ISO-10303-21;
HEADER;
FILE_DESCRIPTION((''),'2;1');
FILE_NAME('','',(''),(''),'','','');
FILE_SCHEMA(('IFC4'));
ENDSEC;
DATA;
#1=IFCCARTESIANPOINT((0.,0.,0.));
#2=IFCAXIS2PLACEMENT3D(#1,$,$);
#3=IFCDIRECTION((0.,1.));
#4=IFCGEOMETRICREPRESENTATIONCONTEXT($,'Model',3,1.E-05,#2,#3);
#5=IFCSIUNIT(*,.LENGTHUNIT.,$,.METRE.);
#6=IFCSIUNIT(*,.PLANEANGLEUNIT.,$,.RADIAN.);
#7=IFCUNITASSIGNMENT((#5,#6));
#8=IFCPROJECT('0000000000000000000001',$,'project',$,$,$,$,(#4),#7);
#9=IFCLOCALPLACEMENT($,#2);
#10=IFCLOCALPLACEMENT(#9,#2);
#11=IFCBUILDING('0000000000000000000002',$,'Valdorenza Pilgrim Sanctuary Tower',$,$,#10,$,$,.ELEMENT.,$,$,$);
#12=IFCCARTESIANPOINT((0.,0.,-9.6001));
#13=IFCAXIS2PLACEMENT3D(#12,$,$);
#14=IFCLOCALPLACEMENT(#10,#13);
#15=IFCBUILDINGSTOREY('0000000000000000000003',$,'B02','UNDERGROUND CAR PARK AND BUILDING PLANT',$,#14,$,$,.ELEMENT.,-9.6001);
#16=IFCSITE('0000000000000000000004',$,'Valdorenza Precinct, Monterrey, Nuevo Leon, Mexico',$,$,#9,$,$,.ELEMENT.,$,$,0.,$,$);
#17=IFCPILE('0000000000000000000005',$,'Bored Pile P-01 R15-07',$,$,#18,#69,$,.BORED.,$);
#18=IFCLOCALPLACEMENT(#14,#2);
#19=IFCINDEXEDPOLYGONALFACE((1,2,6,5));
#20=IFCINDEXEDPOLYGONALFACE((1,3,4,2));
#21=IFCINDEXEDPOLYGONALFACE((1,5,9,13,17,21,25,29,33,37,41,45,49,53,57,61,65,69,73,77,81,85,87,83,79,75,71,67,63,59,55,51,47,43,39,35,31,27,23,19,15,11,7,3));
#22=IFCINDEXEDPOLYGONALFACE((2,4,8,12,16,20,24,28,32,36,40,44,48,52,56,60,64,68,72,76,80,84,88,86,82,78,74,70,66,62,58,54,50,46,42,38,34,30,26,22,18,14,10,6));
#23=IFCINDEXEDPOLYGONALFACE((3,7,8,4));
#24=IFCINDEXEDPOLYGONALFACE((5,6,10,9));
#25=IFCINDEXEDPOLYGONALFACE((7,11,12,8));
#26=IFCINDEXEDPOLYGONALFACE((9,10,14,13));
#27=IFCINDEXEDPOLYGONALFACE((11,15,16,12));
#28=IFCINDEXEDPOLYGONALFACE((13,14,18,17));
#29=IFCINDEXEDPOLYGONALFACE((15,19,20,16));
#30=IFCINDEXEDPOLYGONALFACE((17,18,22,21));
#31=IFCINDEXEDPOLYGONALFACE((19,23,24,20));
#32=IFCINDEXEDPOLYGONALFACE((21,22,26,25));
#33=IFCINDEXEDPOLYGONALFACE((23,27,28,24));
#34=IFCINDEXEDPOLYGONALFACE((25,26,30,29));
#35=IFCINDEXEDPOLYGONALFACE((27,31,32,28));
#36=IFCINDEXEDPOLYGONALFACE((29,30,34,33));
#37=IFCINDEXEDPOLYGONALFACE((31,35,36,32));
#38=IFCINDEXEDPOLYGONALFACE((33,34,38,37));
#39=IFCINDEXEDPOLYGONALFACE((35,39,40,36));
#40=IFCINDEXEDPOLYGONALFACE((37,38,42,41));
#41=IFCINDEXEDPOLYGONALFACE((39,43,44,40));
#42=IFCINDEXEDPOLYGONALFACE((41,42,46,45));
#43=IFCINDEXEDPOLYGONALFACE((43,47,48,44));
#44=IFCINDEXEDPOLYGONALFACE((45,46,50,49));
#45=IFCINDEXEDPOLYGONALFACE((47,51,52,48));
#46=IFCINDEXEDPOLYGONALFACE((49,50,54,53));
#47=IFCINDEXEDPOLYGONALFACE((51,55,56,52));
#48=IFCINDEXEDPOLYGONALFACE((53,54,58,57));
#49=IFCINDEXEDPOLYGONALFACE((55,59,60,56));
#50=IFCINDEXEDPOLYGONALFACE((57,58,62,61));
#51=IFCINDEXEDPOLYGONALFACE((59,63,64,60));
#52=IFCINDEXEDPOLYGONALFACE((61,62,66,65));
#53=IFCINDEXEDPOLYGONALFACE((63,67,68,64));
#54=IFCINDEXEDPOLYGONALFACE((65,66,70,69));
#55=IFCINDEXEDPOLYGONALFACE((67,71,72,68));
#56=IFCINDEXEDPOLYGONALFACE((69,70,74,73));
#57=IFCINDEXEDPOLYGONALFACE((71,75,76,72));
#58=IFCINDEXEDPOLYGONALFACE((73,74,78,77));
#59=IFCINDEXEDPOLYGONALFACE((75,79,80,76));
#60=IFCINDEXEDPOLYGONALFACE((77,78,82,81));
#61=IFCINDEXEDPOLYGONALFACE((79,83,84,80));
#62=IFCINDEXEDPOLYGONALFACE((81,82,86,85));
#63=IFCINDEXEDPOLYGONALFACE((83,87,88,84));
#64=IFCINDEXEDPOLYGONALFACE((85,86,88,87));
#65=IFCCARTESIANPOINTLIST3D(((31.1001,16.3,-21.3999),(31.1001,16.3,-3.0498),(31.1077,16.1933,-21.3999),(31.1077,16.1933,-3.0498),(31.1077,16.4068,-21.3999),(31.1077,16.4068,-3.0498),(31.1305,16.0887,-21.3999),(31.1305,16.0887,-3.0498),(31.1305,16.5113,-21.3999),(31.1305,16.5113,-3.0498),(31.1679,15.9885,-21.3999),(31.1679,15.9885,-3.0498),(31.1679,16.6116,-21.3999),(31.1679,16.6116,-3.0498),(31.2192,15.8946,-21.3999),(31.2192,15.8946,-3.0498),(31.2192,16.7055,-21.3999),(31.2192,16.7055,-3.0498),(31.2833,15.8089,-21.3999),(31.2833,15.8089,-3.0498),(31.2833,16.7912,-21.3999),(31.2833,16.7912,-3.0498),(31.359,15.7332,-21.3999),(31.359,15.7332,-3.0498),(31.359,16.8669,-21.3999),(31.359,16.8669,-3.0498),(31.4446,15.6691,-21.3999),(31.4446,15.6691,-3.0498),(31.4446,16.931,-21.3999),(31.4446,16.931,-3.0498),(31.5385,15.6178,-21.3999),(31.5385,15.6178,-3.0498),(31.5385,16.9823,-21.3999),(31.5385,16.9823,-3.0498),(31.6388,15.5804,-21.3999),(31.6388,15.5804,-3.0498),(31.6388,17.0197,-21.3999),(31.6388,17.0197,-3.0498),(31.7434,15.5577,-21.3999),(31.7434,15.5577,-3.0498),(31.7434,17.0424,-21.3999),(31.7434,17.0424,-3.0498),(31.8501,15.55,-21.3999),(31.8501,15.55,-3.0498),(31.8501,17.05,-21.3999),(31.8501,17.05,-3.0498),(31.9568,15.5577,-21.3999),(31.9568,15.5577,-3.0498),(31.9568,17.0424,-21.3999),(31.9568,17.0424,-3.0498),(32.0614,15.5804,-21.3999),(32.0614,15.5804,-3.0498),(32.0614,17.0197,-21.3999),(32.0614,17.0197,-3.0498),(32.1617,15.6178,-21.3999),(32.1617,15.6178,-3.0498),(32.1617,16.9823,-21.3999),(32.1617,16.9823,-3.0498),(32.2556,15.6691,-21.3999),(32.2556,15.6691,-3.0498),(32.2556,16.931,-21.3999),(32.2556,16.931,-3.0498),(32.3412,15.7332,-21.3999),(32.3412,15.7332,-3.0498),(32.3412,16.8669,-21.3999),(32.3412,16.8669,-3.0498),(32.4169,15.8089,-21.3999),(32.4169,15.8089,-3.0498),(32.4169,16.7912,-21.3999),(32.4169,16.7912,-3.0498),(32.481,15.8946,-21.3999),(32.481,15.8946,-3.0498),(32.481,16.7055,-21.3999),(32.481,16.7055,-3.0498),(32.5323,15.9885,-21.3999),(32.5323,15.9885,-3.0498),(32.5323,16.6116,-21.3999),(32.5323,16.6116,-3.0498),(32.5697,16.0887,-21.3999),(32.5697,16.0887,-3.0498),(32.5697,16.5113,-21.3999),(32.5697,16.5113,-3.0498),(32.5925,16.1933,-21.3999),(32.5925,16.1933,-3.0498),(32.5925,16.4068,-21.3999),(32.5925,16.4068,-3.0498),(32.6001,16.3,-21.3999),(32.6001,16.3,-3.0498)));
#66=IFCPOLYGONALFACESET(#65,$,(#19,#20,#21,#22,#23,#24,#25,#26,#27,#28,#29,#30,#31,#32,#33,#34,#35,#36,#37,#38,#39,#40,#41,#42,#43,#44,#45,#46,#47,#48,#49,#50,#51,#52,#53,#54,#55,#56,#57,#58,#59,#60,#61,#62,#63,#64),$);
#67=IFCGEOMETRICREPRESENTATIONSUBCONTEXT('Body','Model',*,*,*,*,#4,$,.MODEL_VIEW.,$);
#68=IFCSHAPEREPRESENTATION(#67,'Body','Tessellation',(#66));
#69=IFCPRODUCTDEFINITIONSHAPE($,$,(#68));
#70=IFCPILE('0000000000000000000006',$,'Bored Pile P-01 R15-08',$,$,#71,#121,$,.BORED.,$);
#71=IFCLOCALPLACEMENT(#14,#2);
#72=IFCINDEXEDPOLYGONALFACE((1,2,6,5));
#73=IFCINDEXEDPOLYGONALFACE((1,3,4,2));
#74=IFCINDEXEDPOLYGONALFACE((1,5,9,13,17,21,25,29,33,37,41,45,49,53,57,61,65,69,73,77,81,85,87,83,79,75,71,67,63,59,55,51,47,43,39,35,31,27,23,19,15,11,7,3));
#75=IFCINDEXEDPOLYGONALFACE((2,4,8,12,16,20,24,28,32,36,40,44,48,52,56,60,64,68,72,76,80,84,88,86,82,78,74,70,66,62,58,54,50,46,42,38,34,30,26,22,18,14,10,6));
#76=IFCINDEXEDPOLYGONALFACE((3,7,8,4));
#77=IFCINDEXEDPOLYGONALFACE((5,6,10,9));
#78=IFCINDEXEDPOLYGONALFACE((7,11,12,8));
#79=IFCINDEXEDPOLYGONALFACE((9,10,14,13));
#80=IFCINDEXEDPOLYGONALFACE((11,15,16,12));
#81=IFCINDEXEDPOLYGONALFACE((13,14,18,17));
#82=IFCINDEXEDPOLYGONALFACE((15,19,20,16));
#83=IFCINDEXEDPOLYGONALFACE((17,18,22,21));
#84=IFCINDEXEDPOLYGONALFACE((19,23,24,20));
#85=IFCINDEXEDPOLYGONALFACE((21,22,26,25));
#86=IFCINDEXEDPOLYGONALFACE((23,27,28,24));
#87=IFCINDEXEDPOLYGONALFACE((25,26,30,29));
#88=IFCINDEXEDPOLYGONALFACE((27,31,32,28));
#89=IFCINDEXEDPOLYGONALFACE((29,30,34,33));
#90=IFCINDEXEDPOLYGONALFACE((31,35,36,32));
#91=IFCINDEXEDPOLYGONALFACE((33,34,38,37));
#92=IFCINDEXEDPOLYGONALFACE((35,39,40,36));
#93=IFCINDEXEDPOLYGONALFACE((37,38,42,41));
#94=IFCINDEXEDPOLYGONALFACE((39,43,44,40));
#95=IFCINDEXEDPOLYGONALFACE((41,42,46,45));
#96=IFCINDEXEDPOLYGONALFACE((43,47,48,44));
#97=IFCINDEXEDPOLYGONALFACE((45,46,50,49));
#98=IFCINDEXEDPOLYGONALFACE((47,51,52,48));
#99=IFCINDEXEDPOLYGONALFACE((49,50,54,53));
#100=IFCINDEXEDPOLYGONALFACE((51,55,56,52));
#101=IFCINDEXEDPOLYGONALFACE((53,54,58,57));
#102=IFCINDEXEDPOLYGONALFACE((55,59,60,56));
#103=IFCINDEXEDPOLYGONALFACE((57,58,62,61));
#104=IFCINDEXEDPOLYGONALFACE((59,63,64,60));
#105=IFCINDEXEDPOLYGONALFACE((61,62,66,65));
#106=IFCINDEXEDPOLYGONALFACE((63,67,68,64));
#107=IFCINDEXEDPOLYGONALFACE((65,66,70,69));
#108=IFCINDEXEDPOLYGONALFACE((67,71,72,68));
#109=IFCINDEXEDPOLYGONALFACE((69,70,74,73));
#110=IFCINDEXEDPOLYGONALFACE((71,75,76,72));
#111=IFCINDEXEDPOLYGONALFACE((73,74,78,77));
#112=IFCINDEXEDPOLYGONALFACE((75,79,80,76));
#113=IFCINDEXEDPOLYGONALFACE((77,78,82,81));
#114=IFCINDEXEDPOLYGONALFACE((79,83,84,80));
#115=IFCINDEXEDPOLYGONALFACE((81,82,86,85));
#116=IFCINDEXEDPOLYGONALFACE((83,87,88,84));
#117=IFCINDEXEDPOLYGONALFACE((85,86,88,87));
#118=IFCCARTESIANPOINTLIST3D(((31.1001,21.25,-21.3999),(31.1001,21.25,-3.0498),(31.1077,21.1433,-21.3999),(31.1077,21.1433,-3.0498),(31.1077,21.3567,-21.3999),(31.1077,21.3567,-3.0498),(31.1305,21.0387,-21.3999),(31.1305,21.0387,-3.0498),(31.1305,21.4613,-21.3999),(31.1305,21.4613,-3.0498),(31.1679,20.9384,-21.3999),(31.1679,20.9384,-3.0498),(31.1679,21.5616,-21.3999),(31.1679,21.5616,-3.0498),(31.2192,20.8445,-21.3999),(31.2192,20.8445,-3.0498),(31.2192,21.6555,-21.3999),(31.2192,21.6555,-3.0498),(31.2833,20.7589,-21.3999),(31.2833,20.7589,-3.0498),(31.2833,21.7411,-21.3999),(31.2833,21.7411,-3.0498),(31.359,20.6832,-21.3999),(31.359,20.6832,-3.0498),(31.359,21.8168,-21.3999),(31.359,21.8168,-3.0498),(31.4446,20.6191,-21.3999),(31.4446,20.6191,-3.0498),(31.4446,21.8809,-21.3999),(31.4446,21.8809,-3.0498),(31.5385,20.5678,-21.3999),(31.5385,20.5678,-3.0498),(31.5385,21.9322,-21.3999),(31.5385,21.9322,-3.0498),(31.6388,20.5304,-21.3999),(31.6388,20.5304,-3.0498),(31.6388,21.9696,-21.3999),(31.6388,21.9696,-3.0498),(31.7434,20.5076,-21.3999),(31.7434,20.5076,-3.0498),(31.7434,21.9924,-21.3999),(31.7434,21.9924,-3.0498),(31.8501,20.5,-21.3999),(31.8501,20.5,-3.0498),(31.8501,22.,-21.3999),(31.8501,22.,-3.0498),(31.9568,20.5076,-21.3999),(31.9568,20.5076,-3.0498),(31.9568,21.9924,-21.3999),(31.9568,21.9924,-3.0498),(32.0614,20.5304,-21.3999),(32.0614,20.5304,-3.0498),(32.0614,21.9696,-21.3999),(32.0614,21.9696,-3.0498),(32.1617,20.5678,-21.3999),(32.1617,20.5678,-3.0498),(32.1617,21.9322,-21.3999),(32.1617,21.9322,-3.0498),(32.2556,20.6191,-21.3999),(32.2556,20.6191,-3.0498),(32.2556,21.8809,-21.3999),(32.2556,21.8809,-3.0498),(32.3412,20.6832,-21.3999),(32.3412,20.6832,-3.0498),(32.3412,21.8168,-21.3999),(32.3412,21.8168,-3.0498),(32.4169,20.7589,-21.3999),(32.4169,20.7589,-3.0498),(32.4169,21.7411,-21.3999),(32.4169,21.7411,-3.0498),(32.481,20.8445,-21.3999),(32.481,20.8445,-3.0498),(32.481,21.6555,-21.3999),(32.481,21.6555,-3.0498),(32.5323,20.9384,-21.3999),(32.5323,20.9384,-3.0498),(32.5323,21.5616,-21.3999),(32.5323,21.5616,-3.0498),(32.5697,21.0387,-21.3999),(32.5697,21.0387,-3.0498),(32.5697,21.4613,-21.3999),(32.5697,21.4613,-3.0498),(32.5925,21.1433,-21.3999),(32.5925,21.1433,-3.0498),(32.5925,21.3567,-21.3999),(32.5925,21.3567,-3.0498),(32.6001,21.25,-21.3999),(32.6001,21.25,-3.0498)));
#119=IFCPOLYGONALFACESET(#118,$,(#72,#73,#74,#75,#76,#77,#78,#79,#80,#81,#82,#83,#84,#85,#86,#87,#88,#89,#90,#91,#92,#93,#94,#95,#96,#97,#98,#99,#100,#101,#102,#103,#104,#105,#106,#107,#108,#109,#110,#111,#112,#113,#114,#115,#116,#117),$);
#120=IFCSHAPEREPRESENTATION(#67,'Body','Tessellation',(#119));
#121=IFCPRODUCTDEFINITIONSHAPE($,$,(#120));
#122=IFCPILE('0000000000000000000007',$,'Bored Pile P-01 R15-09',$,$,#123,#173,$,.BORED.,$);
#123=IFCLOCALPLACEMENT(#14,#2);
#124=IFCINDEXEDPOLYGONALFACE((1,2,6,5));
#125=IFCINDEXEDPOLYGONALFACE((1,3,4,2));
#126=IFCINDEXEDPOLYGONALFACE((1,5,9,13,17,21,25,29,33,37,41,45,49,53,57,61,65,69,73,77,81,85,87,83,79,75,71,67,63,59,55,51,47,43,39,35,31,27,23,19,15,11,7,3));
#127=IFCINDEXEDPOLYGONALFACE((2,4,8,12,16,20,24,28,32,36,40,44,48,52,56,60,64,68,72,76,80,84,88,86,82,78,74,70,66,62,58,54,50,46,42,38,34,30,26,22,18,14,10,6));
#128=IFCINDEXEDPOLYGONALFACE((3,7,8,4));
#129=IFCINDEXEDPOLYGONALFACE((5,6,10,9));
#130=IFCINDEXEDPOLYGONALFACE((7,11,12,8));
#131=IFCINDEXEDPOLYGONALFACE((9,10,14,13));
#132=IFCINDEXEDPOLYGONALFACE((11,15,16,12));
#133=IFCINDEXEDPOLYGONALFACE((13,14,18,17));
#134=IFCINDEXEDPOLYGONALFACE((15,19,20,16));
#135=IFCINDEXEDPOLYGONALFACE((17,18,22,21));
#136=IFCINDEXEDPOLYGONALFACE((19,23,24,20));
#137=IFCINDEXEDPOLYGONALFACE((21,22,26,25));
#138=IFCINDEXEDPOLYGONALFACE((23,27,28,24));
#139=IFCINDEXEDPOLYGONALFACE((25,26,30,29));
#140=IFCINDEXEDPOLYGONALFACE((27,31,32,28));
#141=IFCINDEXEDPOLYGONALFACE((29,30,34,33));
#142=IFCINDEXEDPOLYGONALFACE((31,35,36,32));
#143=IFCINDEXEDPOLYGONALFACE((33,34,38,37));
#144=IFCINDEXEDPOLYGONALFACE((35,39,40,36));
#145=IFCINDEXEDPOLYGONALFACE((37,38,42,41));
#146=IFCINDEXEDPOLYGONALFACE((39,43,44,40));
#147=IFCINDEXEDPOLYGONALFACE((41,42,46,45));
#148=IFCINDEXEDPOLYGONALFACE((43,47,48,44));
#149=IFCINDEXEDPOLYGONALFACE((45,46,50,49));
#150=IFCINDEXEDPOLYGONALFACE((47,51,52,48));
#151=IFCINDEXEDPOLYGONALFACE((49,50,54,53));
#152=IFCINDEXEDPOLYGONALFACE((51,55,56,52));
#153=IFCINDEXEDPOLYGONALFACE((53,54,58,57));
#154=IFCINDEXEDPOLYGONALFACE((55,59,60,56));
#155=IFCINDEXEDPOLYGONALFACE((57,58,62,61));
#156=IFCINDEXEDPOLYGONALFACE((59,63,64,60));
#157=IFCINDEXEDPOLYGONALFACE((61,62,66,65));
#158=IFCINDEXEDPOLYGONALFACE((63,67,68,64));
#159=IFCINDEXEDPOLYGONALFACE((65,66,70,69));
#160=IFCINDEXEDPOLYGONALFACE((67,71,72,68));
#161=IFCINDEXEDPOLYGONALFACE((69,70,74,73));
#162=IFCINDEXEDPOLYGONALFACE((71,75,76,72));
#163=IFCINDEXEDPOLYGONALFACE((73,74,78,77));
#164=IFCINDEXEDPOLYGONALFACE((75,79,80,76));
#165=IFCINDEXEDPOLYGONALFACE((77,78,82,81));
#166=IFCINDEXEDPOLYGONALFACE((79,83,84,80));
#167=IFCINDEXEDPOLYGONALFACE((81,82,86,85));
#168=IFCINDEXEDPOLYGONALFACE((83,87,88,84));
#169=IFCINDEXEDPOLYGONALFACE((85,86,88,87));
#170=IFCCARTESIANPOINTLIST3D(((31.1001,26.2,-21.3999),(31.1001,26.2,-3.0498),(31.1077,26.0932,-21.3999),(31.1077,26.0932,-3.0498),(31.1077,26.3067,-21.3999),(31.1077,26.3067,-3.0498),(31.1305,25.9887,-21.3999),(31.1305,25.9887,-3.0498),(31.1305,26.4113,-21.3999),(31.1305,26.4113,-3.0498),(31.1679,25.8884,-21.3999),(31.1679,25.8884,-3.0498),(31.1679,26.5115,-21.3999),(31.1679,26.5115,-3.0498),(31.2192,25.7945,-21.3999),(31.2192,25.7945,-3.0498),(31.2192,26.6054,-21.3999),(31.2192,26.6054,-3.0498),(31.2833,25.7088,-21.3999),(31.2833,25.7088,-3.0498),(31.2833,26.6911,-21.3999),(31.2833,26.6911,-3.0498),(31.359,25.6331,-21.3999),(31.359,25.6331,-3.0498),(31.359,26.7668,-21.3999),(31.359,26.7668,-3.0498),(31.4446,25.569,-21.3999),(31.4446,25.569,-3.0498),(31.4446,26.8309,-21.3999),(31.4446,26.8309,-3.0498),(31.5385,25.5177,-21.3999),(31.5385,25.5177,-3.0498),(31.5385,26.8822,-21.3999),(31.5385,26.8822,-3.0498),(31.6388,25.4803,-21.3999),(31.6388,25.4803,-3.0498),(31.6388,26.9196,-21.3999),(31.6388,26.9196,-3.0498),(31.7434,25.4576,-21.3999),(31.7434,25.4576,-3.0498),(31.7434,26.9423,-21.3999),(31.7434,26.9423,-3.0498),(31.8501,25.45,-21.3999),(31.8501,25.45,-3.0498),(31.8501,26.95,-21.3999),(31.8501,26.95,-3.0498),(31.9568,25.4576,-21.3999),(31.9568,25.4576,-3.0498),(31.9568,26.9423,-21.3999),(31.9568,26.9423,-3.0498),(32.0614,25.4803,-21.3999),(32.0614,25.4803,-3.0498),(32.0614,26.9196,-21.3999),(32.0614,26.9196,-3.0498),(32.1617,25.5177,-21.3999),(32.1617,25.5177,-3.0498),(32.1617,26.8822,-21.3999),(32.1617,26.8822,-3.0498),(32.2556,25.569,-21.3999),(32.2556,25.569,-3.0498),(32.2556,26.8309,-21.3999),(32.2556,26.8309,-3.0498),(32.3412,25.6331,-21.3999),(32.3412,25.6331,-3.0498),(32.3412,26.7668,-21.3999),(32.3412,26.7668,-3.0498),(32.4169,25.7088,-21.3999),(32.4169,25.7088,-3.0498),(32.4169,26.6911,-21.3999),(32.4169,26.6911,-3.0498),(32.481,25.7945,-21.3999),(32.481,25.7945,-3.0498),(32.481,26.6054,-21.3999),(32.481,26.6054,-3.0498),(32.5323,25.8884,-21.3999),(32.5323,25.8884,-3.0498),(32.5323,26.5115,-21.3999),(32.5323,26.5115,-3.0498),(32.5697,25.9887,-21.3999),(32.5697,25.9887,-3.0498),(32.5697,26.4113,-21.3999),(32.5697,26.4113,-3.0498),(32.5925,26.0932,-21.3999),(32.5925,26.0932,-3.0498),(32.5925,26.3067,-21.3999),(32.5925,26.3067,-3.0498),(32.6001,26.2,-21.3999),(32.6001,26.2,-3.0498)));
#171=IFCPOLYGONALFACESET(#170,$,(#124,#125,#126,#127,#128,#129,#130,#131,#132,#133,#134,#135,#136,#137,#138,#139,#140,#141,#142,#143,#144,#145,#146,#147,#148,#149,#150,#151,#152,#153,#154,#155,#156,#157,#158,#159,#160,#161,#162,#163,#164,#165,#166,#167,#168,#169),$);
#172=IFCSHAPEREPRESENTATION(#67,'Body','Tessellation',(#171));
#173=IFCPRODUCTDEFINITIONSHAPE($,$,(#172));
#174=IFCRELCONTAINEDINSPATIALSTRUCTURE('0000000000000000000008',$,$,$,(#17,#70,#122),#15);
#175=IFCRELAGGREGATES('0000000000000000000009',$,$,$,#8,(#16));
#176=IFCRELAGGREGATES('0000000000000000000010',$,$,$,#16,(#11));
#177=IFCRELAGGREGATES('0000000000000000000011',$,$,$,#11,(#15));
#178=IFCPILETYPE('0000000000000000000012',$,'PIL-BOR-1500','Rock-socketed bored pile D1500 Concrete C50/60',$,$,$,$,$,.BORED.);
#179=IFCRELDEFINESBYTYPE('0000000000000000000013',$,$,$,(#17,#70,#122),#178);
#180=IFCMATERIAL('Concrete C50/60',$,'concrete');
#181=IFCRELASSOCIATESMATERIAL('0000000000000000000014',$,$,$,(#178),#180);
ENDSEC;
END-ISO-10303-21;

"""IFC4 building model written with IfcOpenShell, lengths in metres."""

from ifc_helpers import new_model, si_unit, direction, frame, origin, origin_2d, place, context, subcontext, project, spatial, circle, extrude, source, transform, mapped, material, material_profile, profile_set, type_object, element, save


model = new_model("IFC4")

# Units and contexts
model_context = context("Model", 3, precision=1e-05, world=origin(), true_north=direction((0.0, 1.0)))
body_context = subcontext(model_context, "Body", "Model", "MODEL_VIEW")
ifc_project = project(units=[si_unit("LENGTHUNIT", "METRE"), si_unit("PLANEANGLEUNIT", "RADIAN")], contexts=[model_context])

# Site, building, storey
site_placement = place(None, origin())
site = spatial("IfcSite", under=ifc_project, at=site_placement, Name="Valdorenza Precinct, Monterrey, Nuevo Leon, Mexico", CompositionType="ELEMENT", RefElevation=0.0)
building_placement = place(site_placement, origin())
building = spatial("IfcBuilding", under=site, at=building_placement, Name="Valdorenza Pilgrim Sanctuary Tower", CompositionType="ELEMENT")
storey_placement = place(building_placement, frame((0.0, 0.0, -9.6001)))
storey = spatial("IfcBuildingStorey", under=building, at=storey_placement, Name="B02", Description="UNDERGROUND CAR PARK AND BUILDING PLANT", CompositionType="ELEMENT", Elevation=-9.6001)

# Piles
ifc_material_1 = material(Name="Concrete C50/60", Category="concrete")
ifc_material_profile_1 = material_profile(ifc_material_1, circle(Radius=0.75, at=origin_2d()), Name="BORED PILE 1500")
ifc_profile_set_1 = profile_set([ifc_material_profile_1], Name="Concrete C50/60")
pile_type = type_object("IfcPileType", Name="PIL-BOR-1500", Description="Rock-socketed bored pile D1500 Concrete C50/60", PredefinedType="BORED", material=ifc_profile_set_1)
shared_shape_1 = source(origin(), body_context, "Body", "SweptSolid", [
    extrude(circle(Radius=0.75, at=origin_2d()), origin(), (0.0, 0.0, 1.0), 18.3501),
])
for number, where, z_axis, x_axis, name in (
    (1, (31.8501, 16.3, -3.0498), (0.0, 0.0, -1.0), (1.0, 0.0, 0.0), "Bored Pile P-01 R15-07"),
    (2, (31.8501, 21.25, -3.0498), (0.0, 0.0, -1.0), (1.0, 0.0, 0.0), "Bored Pile P-01 R15-08"),
    (3, (31.8501, 26.2, -3.0498), (0.0, 0.0, -1.0), (1.0, 0.0, 0.0), "Bored Pile P-01 R15-09"),
):
    element("IfcPile", number, at=place(storey_placement, frame(where, z_axis=z_axis, x_axis=x_axis)), inside=storey, type_object=pile_type, Name=name, PredefinedType="BORED", context=body_context, shape_type="MappedRepresentation", body=[
        mapped(shared_shape_1, transform((0.0, 0.0, 0.0), x_axis=(1.0, 0.0, 0.0), y_axis=(0.0, 1.0, 0.0), z_axis=(0.0, 0.0, 1.0), scale=1.0)),
    ])

save(model, "model.ifc")
